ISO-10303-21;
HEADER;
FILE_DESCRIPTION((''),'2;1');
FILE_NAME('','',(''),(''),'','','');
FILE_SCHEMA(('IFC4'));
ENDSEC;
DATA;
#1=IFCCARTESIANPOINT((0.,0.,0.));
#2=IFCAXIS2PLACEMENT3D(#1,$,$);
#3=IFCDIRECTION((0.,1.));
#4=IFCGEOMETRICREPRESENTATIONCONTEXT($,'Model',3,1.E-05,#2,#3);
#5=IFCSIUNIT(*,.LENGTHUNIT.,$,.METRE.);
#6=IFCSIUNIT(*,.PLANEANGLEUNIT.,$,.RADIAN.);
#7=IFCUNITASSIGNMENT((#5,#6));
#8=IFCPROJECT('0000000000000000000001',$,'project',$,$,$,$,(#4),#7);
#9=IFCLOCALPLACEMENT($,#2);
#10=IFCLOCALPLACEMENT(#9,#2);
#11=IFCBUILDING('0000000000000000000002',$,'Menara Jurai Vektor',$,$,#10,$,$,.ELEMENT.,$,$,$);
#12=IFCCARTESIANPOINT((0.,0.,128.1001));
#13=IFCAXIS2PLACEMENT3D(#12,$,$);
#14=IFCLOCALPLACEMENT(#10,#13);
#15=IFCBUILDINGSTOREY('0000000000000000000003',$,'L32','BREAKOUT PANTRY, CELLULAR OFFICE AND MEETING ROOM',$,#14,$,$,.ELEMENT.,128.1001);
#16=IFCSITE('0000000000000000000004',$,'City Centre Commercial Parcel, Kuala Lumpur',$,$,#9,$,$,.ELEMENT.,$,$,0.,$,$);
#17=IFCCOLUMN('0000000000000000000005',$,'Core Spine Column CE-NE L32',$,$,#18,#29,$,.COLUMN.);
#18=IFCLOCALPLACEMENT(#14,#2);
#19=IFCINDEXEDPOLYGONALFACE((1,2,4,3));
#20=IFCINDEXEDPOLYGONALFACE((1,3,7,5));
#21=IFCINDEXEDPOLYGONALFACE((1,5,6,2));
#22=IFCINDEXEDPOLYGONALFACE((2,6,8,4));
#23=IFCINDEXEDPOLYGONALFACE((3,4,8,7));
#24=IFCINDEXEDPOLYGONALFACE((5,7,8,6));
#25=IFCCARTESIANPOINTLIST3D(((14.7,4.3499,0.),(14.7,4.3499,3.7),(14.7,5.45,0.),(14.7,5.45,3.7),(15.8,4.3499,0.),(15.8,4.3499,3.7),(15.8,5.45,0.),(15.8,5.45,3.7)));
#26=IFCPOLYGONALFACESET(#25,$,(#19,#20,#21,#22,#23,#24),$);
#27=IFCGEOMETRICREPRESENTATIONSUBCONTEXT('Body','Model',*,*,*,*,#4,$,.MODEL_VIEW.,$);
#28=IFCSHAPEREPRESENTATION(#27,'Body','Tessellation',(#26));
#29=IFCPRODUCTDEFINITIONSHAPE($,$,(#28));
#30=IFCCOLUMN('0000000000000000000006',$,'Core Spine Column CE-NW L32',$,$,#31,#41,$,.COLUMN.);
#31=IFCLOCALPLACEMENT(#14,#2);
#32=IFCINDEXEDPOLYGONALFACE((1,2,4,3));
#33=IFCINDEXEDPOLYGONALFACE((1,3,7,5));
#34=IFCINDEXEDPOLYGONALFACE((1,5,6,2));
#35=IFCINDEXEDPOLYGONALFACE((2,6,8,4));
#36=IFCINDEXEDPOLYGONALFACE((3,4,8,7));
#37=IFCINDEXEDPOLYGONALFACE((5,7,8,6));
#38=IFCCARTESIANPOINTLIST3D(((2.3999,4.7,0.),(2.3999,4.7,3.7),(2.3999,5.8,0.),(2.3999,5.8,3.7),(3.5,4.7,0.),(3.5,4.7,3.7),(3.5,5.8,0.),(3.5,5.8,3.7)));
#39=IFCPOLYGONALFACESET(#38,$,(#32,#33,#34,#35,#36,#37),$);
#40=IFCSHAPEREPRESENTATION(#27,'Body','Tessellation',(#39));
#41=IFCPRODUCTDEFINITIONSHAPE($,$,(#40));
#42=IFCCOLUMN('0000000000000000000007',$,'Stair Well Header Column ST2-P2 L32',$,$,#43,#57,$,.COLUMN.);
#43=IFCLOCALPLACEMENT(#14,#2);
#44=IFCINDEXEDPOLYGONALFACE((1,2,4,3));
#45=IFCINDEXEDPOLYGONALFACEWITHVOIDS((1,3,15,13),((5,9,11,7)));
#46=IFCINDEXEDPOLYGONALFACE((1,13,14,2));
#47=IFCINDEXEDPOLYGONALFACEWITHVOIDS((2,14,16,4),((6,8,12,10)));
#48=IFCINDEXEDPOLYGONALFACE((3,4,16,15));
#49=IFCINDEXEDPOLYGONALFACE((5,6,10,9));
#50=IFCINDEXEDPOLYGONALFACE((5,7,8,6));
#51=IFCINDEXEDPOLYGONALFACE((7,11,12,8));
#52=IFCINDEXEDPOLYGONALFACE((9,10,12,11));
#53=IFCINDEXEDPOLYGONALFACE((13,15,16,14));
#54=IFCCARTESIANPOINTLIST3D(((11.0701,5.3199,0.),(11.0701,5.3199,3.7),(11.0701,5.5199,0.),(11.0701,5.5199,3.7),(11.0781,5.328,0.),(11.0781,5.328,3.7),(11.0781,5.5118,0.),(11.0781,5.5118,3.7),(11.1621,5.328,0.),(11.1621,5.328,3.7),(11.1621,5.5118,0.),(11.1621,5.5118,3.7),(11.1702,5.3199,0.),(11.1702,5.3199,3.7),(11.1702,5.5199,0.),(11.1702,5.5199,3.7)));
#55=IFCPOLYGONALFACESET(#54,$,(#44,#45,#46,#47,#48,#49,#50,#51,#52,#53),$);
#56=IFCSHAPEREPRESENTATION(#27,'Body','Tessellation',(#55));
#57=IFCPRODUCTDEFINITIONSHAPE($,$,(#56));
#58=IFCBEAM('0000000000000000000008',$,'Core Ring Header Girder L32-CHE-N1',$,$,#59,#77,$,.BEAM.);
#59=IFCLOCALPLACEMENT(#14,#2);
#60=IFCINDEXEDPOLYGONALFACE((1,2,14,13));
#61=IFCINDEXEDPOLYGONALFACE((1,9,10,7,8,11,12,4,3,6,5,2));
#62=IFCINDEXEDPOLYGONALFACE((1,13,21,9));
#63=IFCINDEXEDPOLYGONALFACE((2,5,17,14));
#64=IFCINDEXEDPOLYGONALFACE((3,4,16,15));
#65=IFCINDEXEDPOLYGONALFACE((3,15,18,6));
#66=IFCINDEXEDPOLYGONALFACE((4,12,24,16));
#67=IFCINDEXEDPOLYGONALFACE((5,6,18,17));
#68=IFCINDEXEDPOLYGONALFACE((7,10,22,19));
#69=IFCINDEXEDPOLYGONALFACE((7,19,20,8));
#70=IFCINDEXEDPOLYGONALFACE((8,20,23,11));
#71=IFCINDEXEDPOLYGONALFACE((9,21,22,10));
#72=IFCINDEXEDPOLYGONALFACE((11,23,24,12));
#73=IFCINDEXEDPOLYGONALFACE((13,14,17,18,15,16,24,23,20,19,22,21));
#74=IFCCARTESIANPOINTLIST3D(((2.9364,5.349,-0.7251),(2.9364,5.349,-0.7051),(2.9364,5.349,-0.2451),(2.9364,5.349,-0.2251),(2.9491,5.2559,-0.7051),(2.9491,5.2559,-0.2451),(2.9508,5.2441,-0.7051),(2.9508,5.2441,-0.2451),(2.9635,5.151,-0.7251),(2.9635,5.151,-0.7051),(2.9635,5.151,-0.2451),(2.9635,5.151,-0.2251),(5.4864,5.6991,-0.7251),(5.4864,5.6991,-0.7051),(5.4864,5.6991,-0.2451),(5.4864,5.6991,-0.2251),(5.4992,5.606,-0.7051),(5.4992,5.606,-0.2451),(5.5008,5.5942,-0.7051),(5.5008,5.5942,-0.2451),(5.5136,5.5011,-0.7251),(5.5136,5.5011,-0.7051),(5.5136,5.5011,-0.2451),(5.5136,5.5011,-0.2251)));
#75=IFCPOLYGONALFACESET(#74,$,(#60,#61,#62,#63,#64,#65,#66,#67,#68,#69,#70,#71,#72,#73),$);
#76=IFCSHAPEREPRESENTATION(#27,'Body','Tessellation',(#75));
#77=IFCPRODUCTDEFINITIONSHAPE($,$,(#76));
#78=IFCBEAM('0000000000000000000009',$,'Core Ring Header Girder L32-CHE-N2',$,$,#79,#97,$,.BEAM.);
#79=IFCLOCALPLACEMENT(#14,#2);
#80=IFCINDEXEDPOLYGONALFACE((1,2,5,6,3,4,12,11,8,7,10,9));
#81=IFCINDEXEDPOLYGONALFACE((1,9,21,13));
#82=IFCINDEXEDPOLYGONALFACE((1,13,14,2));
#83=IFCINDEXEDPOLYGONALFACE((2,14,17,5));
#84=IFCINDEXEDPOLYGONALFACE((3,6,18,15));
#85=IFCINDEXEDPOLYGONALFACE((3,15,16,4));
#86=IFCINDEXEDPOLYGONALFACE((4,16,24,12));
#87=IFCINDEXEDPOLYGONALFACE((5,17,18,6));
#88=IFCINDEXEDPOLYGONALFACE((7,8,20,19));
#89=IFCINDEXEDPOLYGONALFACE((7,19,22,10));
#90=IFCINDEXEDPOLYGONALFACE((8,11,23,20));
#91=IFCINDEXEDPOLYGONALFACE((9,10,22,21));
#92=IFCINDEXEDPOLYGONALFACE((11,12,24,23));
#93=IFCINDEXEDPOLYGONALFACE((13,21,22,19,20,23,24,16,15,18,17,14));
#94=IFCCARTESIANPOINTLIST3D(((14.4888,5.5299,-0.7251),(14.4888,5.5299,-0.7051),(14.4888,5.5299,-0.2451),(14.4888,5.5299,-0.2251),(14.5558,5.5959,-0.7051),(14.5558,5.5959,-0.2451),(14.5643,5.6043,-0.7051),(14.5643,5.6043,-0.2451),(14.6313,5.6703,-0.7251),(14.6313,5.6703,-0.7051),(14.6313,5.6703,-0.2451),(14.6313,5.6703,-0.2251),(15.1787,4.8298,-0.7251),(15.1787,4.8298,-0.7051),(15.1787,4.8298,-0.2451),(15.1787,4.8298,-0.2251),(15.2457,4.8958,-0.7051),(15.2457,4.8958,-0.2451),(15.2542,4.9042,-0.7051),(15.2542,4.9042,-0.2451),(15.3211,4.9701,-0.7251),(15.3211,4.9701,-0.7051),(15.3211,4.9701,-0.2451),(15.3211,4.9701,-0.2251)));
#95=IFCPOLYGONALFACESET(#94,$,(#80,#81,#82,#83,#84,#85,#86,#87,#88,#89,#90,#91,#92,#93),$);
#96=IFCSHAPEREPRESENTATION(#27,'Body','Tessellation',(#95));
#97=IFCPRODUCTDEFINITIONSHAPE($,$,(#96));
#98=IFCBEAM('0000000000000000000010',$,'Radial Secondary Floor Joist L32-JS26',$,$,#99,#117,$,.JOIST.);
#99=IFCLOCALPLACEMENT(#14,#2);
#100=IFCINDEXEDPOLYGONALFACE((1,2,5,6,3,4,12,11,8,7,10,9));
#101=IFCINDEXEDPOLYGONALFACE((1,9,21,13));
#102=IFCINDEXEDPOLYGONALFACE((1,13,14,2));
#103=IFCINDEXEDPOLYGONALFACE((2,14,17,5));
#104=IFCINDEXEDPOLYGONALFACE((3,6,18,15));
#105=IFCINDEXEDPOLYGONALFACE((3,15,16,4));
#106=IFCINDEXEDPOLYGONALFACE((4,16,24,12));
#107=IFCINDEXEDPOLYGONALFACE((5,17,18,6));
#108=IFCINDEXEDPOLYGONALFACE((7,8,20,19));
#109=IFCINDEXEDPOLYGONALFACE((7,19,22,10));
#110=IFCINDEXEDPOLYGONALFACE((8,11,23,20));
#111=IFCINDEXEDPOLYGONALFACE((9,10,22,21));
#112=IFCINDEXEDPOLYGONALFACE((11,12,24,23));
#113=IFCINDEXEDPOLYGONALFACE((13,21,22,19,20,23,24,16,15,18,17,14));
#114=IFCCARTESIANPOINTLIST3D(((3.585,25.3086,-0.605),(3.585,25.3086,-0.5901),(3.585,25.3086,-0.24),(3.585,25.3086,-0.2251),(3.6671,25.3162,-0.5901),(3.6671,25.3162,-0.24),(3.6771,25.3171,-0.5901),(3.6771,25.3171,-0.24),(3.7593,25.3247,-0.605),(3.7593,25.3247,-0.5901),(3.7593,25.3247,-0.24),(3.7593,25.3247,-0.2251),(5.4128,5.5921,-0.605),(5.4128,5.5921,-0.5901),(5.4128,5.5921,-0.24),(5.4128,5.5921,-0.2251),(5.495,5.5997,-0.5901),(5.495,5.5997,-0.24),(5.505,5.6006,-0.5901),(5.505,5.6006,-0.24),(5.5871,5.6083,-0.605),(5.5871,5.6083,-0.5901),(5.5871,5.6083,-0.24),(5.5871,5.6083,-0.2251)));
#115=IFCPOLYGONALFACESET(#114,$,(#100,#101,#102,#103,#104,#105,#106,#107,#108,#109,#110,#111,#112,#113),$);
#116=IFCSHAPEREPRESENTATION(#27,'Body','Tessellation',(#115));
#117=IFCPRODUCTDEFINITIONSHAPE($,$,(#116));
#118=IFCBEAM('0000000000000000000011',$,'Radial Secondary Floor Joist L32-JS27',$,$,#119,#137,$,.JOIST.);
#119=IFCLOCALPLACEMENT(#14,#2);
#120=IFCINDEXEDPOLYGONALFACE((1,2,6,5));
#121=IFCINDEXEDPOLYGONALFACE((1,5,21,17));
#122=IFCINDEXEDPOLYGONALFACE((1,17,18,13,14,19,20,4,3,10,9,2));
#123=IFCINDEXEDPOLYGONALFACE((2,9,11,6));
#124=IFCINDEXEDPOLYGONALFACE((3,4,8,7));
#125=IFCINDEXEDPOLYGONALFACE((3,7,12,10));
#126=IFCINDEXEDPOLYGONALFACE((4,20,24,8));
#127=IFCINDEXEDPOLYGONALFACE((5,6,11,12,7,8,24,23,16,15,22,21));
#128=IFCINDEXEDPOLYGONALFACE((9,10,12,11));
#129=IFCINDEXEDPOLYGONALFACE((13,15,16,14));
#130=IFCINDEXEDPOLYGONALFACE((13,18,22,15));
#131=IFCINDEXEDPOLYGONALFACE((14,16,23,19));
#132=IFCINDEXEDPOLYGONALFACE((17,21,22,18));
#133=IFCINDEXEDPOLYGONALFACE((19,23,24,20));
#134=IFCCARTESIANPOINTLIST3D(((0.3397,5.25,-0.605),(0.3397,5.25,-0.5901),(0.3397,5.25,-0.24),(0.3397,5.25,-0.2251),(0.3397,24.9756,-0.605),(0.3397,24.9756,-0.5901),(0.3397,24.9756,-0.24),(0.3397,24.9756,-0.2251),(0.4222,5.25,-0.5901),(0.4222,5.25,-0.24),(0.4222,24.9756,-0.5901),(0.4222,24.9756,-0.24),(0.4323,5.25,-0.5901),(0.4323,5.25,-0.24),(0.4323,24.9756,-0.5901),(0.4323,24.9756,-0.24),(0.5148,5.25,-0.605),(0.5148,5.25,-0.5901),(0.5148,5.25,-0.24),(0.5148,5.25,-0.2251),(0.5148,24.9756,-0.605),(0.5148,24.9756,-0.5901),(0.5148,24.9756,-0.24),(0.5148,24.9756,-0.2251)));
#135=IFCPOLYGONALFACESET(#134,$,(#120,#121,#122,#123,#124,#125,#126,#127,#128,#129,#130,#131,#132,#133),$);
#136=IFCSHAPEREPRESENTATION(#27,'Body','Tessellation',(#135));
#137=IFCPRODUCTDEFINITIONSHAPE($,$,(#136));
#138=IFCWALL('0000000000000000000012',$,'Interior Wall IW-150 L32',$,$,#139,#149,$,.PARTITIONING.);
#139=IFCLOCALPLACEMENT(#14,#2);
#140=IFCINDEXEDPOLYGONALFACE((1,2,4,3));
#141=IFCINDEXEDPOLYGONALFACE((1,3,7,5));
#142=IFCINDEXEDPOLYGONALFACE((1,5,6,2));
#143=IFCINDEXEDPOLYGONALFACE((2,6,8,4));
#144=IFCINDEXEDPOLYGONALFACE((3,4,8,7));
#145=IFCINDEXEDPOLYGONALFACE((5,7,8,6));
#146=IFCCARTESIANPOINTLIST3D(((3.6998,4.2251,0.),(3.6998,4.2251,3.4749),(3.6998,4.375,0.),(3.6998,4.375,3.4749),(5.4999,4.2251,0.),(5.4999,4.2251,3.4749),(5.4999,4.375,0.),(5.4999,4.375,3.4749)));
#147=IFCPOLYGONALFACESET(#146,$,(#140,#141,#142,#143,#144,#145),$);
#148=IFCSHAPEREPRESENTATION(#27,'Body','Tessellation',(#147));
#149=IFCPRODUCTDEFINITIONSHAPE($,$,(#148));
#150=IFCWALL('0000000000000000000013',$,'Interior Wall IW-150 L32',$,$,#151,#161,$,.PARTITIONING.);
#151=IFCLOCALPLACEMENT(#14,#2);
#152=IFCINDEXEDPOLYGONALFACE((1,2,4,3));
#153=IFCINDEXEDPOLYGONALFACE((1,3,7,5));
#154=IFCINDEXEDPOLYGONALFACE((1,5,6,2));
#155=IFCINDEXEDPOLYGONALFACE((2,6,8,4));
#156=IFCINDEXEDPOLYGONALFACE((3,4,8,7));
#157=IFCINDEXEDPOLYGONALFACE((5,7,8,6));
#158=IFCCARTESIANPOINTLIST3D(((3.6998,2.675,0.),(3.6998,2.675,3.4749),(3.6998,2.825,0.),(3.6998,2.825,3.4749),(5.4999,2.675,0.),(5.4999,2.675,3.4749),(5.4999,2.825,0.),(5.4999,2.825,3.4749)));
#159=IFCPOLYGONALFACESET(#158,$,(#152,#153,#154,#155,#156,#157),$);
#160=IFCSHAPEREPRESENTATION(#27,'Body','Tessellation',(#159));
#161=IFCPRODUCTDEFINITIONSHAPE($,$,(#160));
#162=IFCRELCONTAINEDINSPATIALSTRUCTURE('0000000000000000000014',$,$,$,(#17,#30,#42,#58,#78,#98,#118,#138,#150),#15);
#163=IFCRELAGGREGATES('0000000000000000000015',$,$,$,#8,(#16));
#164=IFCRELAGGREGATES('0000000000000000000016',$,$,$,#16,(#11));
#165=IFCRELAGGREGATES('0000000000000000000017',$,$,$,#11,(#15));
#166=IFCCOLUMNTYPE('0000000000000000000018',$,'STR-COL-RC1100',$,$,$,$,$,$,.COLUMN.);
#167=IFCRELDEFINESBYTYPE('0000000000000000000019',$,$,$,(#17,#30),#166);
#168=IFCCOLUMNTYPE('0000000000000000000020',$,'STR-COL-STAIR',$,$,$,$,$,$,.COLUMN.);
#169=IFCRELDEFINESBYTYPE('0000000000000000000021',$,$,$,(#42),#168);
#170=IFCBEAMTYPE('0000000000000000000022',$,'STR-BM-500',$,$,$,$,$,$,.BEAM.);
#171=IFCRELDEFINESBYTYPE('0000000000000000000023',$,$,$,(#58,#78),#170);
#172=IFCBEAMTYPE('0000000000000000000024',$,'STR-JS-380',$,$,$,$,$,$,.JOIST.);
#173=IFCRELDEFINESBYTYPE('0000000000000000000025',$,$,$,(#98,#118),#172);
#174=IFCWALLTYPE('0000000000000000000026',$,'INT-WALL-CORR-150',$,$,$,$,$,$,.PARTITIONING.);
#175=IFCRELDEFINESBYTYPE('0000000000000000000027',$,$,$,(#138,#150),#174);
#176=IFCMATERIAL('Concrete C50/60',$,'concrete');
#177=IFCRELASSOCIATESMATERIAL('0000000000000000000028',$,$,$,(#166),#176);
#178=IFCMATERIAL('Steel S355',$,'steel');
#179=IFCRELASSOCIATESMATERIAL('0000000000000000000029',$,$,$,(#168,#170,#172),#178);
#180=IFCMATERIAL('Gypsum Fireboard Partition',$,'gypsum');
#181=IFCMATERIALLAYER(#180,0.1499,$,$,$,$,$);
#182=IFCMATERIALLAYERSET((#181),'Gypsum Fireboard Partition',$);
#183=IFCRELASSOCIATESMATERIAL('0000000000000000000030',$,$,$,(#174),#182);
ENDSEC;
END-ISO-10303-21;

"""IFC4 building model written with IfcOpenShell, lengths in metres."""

from ifc_helpers import new_model, si_unit, direction, frame, frame_2d, origin, origin_2d, place, context, subcontext, project, spatial, rectangle, hollow_rectangle, i_section, extrude, material, layer, layer_set, material_profile, profile_set, type_object, element, save


model = new_model("IFC4")

# Units and contexts
model_context = context("Model", 3, precision=1e-05, world=origin(), true_north=direction((0.0, 1.0)))
body_context = subcontext(model_context, "Body", "Model", "MODEL_VIEW")
ifc_project = project(units=[si_unit("LENGTHUNIT", "METRE"), si_unit("PLANEANGLEUNIT", "RADIAN")], contexts=[model_context])

# Site, building, storey
site_placement = place(None, origin())
site = spatial("IfcSite", under=ifc_project, at=site_placement, Name="City Centre Commercial Parcel, Kuala Lumpur", CompositionType="ELEMENT", RefElevation=0.0)
building_placement = place(site_placement, origin())
building = spatial("IfcBuilding", under=site, at=building_placement, Name="Menara Jurai Vektor", CompositionType="ELEMENT")
storey_placement = place(building_placement, frame((0.0, 0.0, 128.1001)))
storey = spatial("IfcBuildingStorey", under=building, at=storey_placement, Name="L32", Description="BREAKOUT PANTRY, CELLULAR OFFICE AND MEETING ROOM", CompositionType="ELEMENT", Elevation=128.1001)

# Columns
ifc_material_1 = material(Name="Concrete C50/60", Category="concrete")
ifc_material_profile_1 = material_profile(ifc_material_1, rectangle(XDim=1.1001, YDim=1.1001, at=origin_2d()), Name="RC 1100x1100")
ifc_profile_set_1 = profile_set([ifc_material_profile_1], Name="Concrete C50/60")
column_type_1 = type_object("IfcColumnType", Name="STR-COL-RC1100", PredefinedType="COLUMN", material=ifc_profile_set_1)
for number, where, z_axis, x_axis, name in (
    (1, (15.25, 4.8999, 0.0), (0.0, 0.0, 1.0), (1.0, 0.0, 0.0), "Core Spine Column CE-NE L32"),
    (2, (2.95, 5.25, 0.0), (0.0, 0.0, 1.0), (1.0, 0.0, 0.0), "Core Spine Column CE-NW L32"),
):
    element("IfcColumn", number, at=place(storey_placement, frame(where, z_axis=z_axis, x_axis=x_axis)), inside=storey, type_object=column_type_1, Name=name, PredefinedType="COLUMN", context=body_context, shape_type="SweptSolid", body=[
        extrude(rectangle(XDim=1.1001, YDim=1.1001, at=origin_2d()), origin(), (0.0, 0.0, 1.0), 3.7),
    ])
ifc_material_2 = material(Name="Steel S355", Category="steel")
ifc_material_profile_2 = material_profile(ifc_material_2, hollow_rectangle(XDim=0.1001, YDim=0.2, WallThickness=0.0081, at=origin_2d()), Name="RHS 200x100x8")
ifc_profile_set_2 = profile_set([ifc_material_profile_2], Name="Steel S355")
column_type_2 = type_object("IfcColumnType", Name="STR-COL-STAIR", PredefinedType="COLUMN", material=ifc_profile_set_2)
column_placement = place(storey_placement, frame((11.1201, 5.4199, 0.0), z_axis=(0.0, 0.0, 1.0), x_axis=(1.0, 0.0, 0.0)))
element("IfcColumn", 3, at=column_placement, inside=storey, type_object=column_type_2, Name="Stair Well Header Column ST2-P2 L32", PredefinedType="COLUMN", context=body_context, shape_type="SweptSolid", body=[
    extrude(hollow_rectangle(XDim=0.1001, YDim=0.2, WallThickness=0.0081, at=origin_2d()), origin(), (0.0, 0.0, 1.0), 3.7),
])

# Beams
ifc_material_profile_3 = material_profile(ifc_material_2, i_section(OverallWidth=0.2, OverallDepth=0.5, WebThickness=0.012, FlangeThickness=0.02, at=origin_2d()), Name="PG 500x200x96")
ifc_profile_set_3 = profile_set([ifc_material_profile_3], Name="Steel S355")
beam_type_1 = type_object("IfcBeamType", Name="STR-BM-500", PredefinedType="BEAM", material=ifc_profile_set_3)
beam_1_placement = place(storey_placement, frame((2.95, 5.25, -0.4751), z_axis=(0.990707, 0.136015, 0.0), x_axis=(-0.136015, 0.990707, 0.0)))
element("IfcBeam", 4, at=beam_1_placement, inside=storey, type_object=beam_type_1, Name="Core Ring Header Girder L32-CHE-N1", PredefinedType="BEAM", context=body_context, shape_type="SweptSolid", body=[
    extrude(i_section(OverallWidth=0.2, OverallDepth=0.5, WebThickness=0.012, FlangeThickness=0.02, at=origin_2d()), origin(), (0.0, 0.0, 1.0), 2.574),
])
beam_2_placement = place(storey_placement, frame((14.5601, 5.6001, -0.4751), z_axis=(0.701872, -0.712303, 0.0), x_axis=(0.712303, 0.701872, 0.0)))
element("IfcBeam", 5, at=beam_2_placement, inside=storey, type_object=beam_type_1, Name="Core Ring Header Girder L32-CHE-N2", PredefinedType="BEAM", context=body_context, shape_type="SweptSolid", body=[
    extrude(i_section(OverallWidth=0.2, OverallDepth=0.5, WebThickness=0.012, FlangeThickness=0.02, at=origin_2d()), origin(), (0.0, 0.0, 1.0), 0.9829),
])
ifc_material_profile_4 = material_profile(ifc_material_2, i_section(OverallWidth=0.175, OverallDepth=0.3799, WebThickness=0.01, FlangeThickness=0.0149, at=origin_2d()), Name="PG 380x175x58")
ifc_profile_set_4 = profile_set([ifc_material_profile_4], Name="Steel S355")
beam_type_2 = type_object("IfcBeamType", Name="STR-JS-380", PredefinedType="JOIST", material=ifc_profile_set_4)
beam_3_placement = place(storey_placement, frame((3.6721, 25.3167, -0.415), z_axis=(0.092312, -0.99573, 0.0), x_axis=(0.99573, 0.092312, 0.0)))
element("IfcBeam", 6, at=beam_3_placement, inside=storey, type_object=beam_type_2, Name="Radial Secondary Floor Joist L32-JS26", PredefinedType="JOIST", context=body_context, shape_type="SweptSolid", body=[
    extrude(i_section(OverallWidth=0.175, OverallDepth=0.3799, WebThickness=0.01, FlangeThickness=0.0149, at=origin_2d()), origin(), (0.0, 0.0, 1.0), 19.801),
])
beam_4_placement = place(storey_placement, frame((0.4272, 24.9756, -0.415), z_axis=(0.0, -1.0, 0.0), x_axis=(1.0, 0.0, 0.0)))
element("IfcBeam", 7, at=beam_4_placement, inside=storey, type_object=beam_type_2, Name="Radial Secondary Floor Joist L32-JS27", PredefinedType="JOIST", context=body_context, shape_type="SweptSolid", body=[
    extrude(i_section(OverallWidth=0.175, OverallDepth=0.3799, WebThickness=0.01, FlangeThickness=0.0149, at=origin_2d()), origin(), (0.0, 0.0, 1.0), 19.7256),
])

# Walls
ifc_material_3 = material(Name="Gypsum Fireboard Partition", Category="gypsum")
ifc_layer_1 = layer(ifc_material_3, 0.1499)
ifc_layer_set_1 = layer_set([ifc_layer_1], Name="Gypsum Fireboard Partition")
wall_type_1 = type_object("IfcWallType", Name="INT-WALL-CORR-150", PredefinedType="PARTITIONING", material=ifc_layer_set_1)
for number, where, z_axis, x_axis, name in (
    (8, (3.7, 4.3, 0.0), (0.0, 0.0, 1.0), (1.0, 0.0, 0.0), "Interior Wall IW-150 L32"),
    (9, (3.7, 2.75, 0.0), (0.0, 0.0, 1.0), (1.0, 0.0, 0.0), "Interior Wall IW-150 L32"),
):
    element("IfcWall", number, at=place(storey_placement, frame(where, z_axis=z_axis, x_axis=x_axis)), inside=storey, type_object=wall_type_1, Name=name, PredefinedType="PARTITIONING", context=body_context, shape_type="SweptSolid", body=[
        extrude(rectangle(XDim=1.8, YDim=0.1499, at=frame_2d((0.8999, 0.0))), origin(), (0.0, 0.0, 1.0), 3.4749),
    ])

save(model, "model.ifc")
